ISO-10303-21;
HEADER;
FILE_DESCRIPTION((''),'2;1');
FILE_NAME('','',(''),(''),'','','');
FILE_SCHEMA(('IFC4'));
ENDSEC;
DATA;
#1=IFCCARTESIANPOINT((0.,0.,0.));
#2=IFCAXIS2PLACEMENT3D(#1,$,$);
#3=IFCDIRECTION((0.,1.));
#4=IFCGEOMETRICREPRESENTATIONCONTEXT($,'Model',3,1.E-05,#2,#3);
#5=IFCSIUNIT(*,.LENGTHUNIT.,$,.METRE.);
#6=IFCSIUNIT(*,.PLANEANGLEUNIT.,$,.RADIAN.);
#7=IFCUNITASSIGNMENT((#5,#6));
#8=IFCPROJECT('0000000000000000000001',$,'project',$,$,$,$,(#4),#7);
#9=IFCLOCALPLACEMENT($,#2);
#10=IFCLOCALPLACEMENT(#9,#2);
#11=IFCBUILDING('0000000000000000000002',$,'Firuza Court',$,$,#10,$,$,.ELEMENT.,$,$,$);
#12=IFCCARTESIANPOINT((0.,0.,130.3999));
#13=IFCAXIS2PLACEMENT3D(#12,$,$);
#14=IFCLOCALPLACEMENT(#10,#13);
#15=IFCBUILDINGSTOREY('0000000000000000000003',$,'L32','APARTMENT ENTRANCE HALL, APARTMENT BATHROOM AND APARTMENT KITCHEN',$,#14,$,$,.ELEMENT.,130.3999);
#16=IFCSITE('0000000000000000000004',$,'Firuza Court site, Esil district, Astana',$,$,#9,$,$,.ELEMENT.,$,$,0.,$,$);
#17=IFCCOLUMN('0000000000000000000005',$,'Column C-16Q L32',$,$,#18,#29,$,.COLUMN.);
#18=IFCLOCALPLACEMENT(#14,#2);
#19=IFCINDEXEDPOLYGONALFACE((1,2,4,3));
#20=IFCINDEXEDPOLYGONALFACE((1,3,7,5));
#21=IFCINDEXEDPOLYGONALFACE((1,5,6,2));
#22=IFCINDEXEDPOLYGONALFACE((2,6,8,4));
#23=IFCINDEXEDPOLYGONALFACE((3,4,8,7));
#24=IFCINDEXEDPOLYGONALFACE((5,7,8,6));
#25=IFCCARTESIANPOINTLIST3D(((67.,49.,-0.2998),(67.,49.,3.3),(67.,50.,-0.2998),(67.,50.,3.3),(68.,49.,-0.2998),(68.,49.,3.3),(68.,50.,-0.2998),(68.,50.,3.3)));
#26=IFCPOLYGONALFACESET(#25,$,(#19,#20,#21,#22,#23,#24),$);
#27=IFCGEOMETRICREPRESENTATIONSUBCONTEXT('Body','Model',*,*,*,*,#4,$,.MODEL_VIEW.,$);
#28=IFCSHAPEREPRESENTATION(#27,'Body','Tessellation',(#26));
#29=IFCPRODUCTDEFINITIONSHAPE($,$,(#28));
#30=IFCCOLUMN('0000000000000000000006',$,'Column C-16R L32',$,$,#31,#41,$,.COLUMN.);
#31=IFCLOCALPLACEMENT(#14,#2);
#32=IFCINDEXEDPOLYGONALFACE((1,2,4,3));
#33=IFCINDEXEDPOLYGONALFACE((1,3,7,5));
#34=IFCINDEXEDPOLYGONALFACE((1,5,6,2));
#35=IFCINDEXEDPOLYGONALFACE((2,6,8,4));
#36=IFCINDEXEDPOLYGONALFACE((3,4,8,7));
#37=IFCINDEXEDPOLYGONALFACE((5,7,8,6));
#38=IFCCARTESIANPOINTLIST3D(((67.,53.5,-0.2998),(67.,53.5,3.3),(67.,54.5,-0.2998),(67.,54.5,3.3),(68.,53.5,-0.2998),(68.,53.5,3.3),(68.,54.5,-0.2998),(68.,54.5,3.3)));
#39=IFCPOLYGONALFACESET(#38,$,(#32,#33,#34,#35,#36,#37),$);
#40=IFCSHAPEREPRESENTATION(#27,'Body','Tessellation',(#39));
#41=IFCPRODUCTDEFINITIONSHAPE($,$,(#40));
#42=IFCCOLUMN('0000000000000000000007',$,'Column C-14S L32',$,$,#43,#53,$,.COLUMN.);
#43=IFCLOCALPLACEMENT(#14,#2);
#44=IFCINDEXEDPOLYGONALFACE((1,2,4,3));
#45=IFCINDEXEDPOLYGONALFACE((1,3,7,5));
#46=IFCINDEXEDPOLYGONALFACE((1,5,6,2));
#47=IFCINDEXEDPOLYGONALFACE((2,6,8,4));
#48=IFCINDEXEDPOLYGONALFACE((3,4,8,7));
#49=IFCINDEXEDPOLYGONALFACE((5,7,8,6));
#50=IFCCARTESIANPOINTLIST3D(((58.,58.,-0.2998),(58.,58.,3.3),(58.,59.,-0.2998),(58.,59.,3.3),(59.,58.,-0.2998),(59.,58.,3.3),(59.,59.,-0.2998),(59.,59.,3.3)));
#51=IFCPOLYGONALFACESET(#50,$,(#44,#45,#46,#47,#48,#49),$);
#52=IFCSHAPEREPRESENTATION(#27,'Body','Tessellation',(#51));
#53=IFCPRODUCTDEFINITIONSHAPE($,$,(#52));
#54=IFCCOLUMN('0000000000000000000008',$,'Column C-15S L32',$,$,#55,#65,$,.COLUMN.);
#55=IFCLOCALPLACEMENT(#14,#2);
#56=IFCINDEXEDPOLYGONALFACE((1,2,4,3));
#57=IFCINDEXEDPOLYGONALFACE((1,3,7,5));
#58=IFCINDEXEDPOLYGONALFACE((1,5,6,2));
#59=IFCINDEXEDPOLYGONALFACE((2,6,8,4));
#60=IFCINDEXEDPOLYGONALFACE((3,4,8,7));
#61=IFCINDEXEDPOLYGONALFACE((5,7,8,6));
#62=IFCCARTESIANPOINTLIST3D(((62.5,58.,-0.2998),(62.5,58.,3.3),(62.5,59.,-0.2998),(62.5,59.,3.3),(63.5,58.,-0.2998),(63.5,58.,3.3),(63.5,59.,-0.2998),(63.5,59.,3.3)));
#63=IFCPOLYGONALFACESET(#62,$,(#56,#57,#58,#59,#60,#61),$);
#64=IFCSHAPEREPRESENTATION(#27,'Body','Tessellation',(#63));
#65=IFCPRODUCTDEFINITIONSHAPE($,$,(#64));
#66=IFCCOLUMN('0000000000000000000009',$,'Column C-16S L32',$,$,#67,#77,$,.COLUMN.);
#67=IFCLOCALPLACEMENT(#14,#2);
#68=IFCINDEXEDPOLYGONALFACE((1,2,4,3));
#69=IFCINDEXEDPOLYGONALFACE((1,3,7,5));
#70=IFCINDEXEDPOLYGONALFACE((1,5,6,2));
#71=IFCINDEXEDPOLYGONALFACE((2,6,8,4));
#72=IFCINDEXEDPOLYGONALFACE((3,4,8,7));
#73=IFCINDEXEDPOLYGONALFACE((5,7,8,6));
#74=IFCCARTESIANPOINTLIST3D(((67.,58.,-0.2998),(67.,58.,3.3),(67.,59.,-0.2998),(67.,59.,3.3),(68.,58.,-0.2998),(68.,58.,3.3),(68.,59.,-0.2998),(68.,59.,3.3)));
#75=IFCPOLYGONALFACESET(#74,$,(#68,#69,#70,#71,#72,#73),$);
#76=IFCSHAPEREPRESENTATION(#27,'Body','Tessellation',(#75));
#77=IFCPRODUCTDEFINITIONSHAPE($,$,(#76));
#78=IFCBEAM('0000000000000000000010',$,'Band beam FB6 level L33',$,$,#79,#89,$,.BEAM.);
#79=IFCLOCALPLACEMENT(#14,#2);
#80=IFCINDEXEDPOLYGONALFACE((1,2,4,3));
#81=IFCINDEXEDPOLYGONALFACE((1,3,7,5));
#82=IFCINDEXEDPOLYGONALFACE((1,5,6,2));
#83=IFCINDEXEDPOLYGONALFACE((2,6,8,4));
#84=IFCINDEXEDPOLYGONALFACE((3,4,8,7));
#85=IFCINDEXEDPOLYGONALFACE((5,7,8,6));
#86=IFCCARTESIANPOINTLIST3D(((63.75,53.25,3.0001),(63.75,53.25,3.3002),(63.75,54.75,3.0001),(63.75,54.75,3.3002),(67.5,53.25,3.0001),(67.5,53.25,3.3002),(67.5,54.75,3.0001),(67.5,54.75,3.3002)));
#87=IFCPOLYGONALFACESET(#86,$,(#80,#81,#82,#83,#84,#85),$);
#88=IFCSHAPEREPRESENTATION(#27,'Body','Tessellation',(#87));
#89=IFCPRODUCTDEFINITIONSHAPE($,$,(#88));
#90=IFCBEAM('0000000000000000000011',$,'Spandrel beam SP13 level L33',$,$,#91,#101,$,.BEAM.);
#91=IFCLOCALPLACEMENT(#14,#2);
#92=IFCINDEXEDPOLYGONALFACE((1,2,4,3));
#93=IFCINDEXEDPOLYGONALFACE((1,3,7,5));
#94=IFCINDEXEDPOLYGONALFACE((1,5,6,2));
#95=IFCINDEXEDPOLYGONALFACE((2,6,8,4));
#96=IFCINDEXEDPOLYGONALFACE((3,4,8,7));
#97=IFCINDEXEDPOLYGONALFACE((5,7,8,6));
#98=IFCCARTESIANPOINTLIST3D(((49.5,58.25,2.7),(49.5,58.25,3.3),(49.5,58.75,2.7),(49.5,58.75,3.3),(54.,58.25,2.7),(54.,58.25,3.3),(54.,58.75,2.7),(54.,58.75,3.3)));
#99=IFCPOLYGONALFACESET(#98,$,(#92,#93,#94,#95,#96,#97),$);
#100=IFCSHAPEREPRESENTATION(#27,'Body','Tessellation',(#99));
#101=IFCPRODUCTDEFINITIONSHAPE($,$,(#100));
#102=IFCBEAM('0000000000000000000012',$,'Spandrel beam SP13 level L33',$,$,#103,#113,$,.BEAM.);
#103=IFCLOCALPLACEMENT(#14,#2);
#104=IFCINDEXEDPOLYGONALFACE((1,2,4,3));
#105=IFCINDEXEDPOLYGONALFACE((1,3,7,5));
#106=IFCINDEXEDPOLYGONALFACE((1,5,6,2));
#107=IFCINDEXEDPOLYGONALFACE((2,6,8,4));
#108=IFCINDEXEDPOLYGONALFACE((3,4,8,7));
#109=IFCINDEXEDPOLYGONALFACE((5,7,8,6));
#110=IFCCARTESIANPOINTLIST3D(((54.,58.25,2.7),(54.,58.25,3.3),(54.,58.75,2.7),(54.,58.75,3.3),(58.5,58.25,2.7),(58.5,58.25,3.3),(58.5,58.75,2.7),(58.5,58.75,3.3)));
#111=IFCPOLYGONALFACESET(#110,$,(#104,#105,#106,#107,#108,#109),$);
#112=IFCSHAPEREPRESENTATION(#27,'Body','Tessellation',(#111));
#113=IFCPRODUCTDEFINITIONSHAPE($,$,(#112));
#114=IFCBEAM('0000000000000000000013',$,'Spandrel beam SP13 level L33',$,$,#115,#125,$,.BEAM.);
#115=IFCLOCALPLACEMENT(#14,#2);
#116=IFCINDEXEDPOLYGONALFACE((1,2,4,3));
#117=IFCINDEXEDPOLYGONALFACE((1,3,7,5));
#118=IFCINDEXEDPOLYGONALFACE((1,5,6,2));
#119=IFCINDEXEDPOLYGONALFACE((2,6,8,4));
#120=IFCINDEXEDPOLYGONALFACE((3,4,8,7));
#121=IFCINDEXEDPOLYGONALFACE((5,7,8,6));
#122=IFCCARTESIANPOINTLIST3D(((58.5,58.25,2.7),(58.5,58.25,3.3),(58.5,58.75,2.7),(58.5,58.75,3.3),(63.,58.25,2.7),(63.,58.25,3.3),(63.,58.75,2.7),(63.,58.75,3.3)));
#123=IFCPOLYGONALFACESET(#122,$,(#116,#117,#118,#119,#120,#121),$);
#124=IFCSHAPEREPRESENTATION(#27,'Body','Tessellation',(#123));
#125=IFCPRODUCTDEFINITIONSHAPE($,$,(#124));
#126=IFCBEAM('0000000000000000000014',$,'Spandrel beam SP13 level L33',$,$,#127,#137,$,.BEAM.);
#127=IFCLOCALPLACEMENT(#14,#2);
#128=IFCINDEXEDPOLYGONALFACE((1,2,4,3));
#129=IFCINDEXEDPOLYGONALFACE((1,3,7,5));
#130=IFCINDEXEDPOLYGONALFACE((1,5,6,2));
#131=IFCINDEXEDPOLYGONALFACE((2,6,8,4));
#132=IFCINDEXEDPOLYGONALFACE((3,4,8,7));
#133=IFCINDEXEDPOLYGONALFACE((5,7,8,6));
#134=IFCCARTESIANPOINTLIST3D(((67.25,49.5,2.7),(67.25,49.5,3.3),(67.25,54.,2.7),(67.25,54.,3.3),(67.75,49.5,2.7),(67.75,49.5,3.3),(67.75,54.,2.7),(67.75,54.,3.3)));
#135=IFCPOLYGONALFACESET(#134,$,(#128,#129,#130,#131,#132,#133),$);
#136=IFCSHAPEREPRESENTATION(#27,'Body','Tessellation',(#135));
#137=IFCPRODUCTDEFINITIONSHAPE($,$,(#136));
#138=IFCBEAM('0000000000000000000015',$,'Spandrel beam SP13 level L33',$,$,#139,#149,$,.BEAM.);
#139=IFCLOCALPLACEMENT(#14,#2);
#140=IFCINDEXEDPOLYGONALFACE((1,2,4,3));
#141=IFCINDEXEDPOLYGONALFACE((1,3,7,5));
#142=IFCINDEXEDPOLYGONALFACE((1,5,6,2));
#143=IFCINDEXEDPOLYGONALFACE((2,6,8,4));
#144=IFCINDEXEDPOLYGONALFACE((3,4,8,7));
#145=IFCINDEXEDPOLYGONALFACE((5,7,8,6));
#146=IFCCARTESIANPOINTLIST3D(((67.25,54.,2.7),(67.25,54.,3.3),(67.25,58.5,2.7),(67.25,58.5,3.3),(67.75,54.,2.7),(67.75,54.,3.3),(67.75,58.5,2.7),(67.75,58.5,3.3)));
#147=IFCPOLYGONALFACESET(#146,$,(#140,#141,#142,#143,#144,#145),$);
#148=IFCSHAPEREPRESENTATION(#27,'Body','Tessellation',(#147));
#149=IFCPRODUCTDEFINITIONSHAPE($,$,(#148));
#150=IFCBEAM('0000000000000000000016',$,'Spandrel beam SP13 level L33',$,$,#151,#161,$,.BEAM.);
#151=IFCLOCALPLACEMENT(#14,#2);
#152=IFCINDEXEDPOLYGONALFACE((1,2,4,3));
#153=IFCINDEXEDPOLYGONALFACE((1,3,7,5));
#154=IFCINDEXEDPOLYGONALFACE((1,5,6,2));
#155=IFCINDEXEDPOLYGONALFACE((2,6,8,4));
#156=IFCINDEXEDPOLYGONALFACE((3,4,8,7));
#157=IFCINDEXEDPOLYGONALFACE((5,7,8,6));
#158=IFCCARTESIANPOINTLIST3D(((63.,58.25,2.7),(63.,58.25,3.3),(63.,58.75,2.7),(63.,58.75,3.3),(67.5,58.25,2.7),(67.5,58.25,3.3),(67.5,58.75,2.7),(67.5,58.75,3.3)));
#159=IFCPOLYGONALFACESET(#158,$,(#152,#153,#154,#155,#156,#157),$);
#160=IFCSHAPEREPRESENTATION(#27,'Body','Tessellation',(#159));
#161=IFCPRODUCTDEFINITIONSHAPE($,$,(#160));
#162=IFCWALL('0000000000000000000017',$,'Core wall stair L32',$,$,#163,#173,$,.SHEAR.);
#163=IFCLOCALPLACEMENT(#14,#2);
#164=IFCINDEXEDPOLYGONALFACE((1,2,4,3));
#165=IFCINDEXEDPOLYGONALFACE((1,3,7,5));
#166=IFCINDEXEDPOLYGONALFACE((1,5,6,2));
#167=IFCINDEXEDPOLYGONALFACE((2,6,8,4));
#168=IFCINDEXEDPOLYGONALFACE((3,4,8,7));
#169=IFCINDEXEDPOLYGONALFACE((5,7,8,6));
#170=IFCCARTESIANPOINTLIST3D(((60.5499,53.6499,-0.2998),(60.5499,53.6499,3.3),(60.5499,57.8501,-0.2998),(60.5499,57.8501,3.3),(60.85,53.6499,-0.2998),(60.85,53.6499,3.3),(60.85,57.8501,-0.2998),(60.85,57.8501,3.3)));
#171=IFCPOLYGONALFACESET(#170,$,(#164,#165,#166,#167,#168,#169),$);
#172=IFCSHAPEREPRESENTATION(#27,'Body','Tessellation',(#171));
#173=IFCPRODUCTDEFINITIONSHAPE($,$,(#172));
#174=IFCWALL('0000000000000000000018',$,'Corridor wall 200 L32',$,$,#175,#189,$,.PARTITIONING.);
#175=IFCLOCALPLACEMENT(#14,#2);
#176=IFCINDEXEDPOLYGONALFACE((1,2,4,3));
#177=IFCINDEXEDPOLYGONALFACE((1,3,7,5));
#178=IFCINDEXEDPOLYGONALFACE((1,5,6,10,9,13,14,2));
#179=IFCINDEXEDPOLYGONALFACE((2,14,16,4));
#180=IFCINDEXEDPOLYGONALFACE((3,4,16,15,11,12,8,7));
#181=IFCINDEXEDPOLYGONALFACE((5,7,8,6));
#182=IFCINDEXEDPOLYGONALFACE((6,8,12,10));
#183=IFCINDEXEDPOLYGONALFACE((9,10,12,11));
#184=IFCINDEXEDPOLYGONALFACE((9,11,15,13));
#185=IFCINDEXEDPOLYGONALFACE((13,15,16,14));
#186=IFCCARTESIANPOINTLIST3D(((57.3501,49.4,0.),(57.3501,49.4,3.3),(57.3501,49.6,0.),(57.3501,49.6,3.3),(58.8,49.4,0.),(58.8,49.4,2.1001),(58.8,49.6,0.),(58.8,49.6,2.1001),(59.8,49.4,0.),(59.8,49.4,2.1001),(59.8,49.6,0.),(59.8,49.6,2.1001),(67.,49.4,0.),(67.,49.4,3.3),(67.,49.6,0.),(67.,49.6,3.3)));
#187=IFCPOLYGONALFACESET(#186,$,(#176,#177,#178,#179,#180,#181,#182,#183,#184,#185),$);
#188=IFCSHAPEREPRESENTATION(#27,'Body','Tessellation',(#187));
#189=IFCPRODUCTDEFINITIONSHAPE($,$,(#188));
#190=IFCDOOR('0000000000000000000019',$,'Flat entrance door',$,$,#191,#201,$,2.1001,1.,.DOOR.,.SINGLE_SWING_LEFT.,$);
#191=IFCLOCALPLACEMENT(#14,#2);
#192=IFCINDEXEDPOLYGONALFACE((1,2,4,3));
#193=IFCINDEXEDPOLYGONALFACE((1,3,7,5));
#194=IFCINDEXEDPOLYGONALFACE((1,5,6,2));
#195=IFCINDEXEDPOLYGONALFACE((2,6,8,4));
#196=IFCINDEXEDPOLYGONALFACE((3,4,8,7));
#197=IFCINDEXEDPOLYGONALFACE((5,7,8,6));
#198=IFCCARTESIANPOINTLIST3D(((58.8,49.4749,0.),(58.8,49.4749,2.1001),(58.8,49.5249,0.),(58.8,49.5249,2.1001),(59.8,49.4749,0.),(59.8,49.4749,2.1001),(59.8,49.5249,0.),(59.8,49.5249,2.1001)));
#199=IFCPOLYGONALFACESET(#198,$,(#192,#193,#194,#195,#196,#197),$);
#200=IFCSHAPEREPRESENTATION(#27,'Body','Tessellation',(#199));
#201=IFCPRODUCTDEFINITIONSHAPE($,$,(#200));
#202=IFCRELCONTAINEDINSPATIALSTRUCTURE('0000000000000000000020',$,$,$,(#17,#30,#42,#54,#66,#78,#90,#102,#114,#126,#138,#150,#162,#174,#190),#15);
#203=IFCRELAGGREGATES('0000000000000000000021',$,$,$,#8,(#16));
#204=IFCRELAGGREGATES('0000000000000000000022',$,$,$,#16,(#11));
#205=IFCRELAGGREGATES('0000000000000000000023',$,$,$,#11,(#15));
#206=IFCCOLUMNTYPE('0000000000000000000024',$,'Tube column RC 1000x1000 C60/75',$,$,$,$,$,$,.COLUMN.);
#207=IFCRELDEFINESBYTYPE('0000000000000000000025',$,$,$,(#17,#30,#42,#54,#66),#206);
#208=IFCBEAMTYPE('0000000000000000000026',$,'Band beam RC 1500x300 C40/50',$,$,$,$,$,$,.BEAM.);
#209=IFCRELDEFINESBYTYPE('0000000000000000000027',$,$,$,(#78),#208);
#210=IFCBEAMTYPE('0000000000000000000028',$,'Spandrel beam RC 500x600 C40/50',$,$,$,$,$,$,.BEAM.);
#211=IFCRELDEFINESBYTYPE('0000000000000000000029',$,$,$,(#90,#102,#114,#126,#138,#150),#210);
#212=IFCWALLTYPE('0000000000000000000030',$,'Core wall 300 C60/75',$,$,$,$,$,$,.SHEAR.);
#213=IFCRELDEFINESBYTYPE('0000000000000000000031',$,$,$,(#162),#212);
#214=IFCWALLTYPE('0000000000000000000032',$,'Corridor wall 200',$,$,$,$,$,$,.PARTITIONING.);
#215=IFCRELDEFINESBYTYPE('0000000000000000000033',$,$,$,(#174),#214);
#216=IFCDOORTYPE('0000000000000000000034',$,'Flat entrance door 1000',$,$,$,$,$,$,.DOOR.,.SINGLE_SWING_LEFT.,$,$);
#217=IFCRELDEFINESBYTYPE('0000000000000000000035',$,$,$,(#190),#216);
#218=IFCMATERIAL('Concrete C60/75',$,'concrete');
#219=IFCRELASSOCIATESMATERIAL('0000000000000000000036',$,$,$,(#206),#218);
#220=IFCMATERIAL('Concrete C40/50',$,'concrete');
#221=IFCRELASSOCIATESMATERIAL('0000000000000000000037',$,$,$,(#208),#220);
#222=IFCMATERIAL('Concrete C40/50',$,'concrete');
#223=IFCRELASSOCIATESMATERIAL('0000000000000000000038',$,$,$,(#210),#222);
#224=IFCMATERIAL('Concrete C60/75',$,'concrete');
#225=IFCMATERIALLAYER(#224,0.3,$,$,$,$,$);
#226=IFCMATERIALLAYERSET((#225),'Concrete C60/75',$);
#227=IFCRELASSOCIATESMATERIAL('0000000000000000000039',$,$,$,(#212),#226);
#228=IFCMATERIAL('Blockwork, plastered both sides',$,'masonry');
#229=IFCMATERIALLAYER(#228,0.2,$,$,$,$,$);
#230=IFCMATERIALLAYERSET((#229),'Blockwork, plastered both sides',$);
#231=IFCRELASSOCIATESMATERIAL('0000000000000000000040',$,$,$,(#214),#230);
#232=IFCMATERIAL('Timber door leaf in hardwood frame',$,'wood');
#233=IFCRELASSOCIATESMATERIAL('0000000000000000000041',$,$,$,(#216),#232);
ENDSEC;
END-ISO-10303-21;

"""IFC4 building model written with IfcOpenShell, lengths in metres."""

from ifc_helpers import new_model, si_unit, direction, frame, frame_2d, origin, origin_2d, place, context, subcontext, project, spatial, rectangle, extrude, material, layer, layer_set, material_profile, profile_set, type_object, element, fill, save


model = new_model("IFC4")

# Units and contexts
model_context = context("Model", 3, precision=1e-05, world=origin(), true_north=direction((0.0, 1.0)))
body_context = subcontext(model_context, "Body", "Model", "MODEL_VIEW")
ifc_project = project(units=[si_unit("LENGTHUNIT", "METRE"), si_unit("PLANEANGLEUNIT", "RADIAN")], contexts=[model_context])

# Site, building, storey
site_placement = place(None, origin())
site = spatial("IfcSite", under=ifc_project, at=site_placement, Name="Firuza Court site, Esil district, Astana", CompositionType="ELEMENT", RefElevation=0.0)
building_placement = place(site_placement, origin())
building = spatial("IfcBuilding", under=site, at=building_placement, Name="Firuza Court", CompositionType="ELEMENT")
storey_placement = place(building_placement, frame((0.0, 0.0, 130.3999)))
storey = spatial("IfcBuildingStorey", under=building, at=storey_placement, Name="L32", Description="APARTMENT ENTRANCE HALL, APARTMENT BATHROOM AND APARTMENT KITCHEN", CompositionType="ELEMENT", Elevation=130.3999)

# Columns
ifc_material_1 = material(Name="Concrete C60/75", Category="concrete")
ifc_material_profile_1 = material_profile(ifc_material_1, rectangle(XDim=1.0, YDim=1.0, at=origin_2d()), Name="RC 1000x1000")
ifc_profile_set_1 = profile_set([ifc_material_profile_1], Name="Concrete C60/75")
column_type = type_object("IfcColumnType", Name="Tube column RC 1000x1000 C60/75", PredefinedType="COLUMN", material=ifc_profile_set_1)
for number, where, z_axis, x_axis, name in (
    (1, (67.5, 49.5, -0.2998), (0.0, 0.0, 1.0), (1.0, 0.0, 0.0), "Column C-16Q L32"),
    (2, (67.5, 54.0, -0.2998), (0.0, 0.0, 1.0), (1.0, 0.0, 0.0), "Column C-16R L32"),
    (3, (58.5, 58.5, -0.2998), (0.0, 0.0, 1.0), (1.0, 0.0, 0.0), "Column C-14S L32"),
    (4, (63.0, 58.5, -0.2998), (0.0, 0.0, 1.0), (1.0, 0.0, 0.0), "Column C-15S L32"),
    (5, (67.5, 58.5, -0.2998), (0.0, 0.0, 1.0), (1.0, 0.0, 0.0), "Column C-16S L32"),
):
    element("IfcColumn", number, at=place(storey_placement, frame(where, z_axis=z_axis, x_axis=x_axis)), inside=storey, type_object=column_type, Name=name, PredefinedType="COLUMN", context=body_context, shape_type="SweptSolid", body=[
        extrude(rectangle(XDim=1.0, YDim=1.0, at=origin_2d()), origin(), (0.0, 0.0, 1.0), 3.5999),
    ])

# Beams
ifc_material_2 = material(Name="Concrete C40/50", Category="concrete")
ifc_material_profile_2 = material_profile(ifc_material_2, rectangle(XDim=1.5, YDim=0.3, at=origin_2d()), Name="RC 1500x300")
ifc_profile_set_2 = profile_set([ifc_material_profile_2], Name="Concrete C40/50")
beam_type_1 = type_object("IfcBeamType", Name="Band beam RC 1500x300 C40/50", PredefinedType="BEAM", material=ifc_profile_set_2)
beam_placement = place(storey_placement, frame((67.5, 54.0, 3.1501), z_axis=(-1.0, 0.0, 0.0), x_axis=(0.0, -1.0, 0.0)))
element("IfcBeam", 6, at=beam_placement, inside=storey, type_object=beam_type_1, Name="Band beam FB6 level L33", PredefinedType="BEAM", context=body_context, shape_type="SweptSolid", body=[
    extrude(rectangle(XDim=1.5, YDim=0.3, at=origin_2d()), origin(), (0.0, 0.0, 1.0), 3.75),
])
ifc_material_3 = material(Name="Concrete C40/50", Category="concrete")
ifc_material_profile_3 = material_profile(ifc_material_3, rectangle(XDim=0.5, YDim=0.6001, at=origin_2d()), Name="RC 500x600")
ifc_profile_set_3 = profile_set([ifc_material_profile_3], Name="Concrete C40/50")
beam_type_2 = type_object("IfcBeamType", Name="Spandrel beam RC 500x600 C40/50", PredefinedType="BEAM", material=ifc_profile_set_3)
for number, where, z_axis, x_axis, name in (
    (7, (54.0, 58.5, 3.0), (-1.0, 0.0, 0.0), (0.0, -1.0, 0.0), "Spandrel beam SP13 level L33"),
    (8, (58.5, 58.5, 3.0), (-1.0, 0.0, 0.0), (0.0, -1.0, 0.0), "Spandrel beam SP13 level L33"),
    (9, (63.0, 58.5, 3.0), (-1.0, 0.0, 0.0), (0.0, -1.0, 0.0), "Spandrel beam SP13 level L33"),
    (10, (67.5, 49.5, 3.0), (0.0, 1.0, 0.0), (-1.0, 0.0, 0.0), "Spandrel beam SP13 level L33"),
    (11, (67.5, 54.0, 3.0), (0.0, 1.0, 0.0), (-1.0, 0.0, 0.0), "Spandrel beam SP13 level L33"),
    (12, (67.5, 58.5, 3.0), (-1.0, 0.0, 0.0), (0.0, -1.0, 0.0), "Spandrel beam SP13 level L33"),
):
    element("IfcBeam", number, at=place(storey_placement, frame(where, z_axis=z_axis, x_axis=x_axis)), inside=storey, type_object=beam_type_2, Name=name, PredefinedType="BEAM", context=body_context, shape_type="SweptSolid", body=[
        extrude(rectangle(XDim=0.5, YDim=0.6001, at=origin_2d()), origin(), (0.0, 0.0, 1.0), 4.5),
    ])

# Wall
ifc_material_4 = material(Name="Concrete C60/75", Category="concrete")
ifc_layer_1 = layer(ifc_material_4, 0.3)
ifc_layer_set_1 = layer_set([ifc_layer_1], Name="Concrete C60/75")
wall_type_1 = type_object("IfcWallType", Name="Core wall 300 C60/75", PredefinedType="SHEAR", material=ifc_layer_set_1)
wall_1_placement = place(storey_placement, frame((60.7, 53.6499, -0.2998), z_axis=(0.0, 0.0, 1.0), x_axis=(0.0, 1.0, 0.0)))
element("IfcWall", 13, at=wall_1_placement, inside=storey, type_object=wall_type_1, Name="Core wall stair L32", PredefinedType="SHEAR", context=body_context, shape_type="SweptSolid", body=[
    extrude(rectangle(XDim=4.2002, YDim=0.3, at=frame_2d((2.1001, 0.0))), origin(), (0.0, 0.0, 1.0), 3.5999),
])

# Wall, opening, door
ifc_material_5 = material(Name="Blockwork, plastered both sides", Category="masonry")
ifc_layer_2 = layer(ifc_material_5, 0.2)
ifc_layer_set_2 = layer_set([ifc_layer_2], Name="Blockwork, plastered both sides")
wall_type_2 = type_object("IfcWallType", Name="Corridor wall 200", PredefinedType="PARTITIONING", material=ifc_layer_set_2)
wall_2_placement = place(storey_placement, frame((57.3501, 49.5, 0.0), z_axis=(0.0, 0.0, 1.0), x_axis=(1.0, 0.0, 0.0)))
wall_2 = element("IfcWall", 14, at=wall_2_placement, inside=storey, type_object=wall_type_2, Name="Corridor wall 200 L32", PredefinedType="PARTITIONING", context=body_context, shape_type="SweptSolid", body=[
    extrude(rectangle(XDim=9.6499, YDim=0.2, at=frame_2d((4.825, 0.0))), origin(), (0.0, 0.0, 1.0), 3.3),
])
opening_1_placement = place(wall_2_placement, frame((1.45, 0.0, 0.0)))
opening_1 = element("IfcOpeningElement", 15, at=opening_1_placement, cuts=wall_2, PredefinedType="OPENING", context=body_context, shape_type="SweptSolid", body=[
    extrude(rectangle(XDim=1.0, YDim=2.1001, at=frame_2d((0.5, 1.05))), frame((0.0, 0.1118, 0.0), z_axis=(0.0, -1.0, 0.0), x_axis=(1.0, 0.0, 0.0)), (0.0, 0.0, 1.0), 0.2239),
])
ifc_material_6 = material(Name="Timber door leaf in hardwood frame", Category="wood")
door_type_1 = type_object("IfcDoorType", Name="Flat entrance door 1000", OperationType="SINGLE_SWING_LEFT", PredefinedType="DOOR", material=ifc_material_6)
door_1_placement = place(opening_1_placement, origin())
door_1 = element("IfcDoor", 16, at=door_1_placement, inside=storey, type_object=door_type_1, Name="Flat entrance door", OperationType="SINGLE_SWING_LEFT", OverallHeight=2.1001, OverallWidth=1.0, PredefinedType="DOOR", context=body_context, shape_type="SweptSolid", body=[
    extrude(rectangle(XDim=1.0, YDim=2.1001, at=frame_2d((0.5, 1.05))), frame((0.0, 0.0249, 0.0), z_axis=(0.0, -1.0, 0.0), x_axis=(1.0, 0.0, 0.0)), (0.0, 0.0, 1.0), 0.05),
])
fill(opening_1, door_1)

save(model, "model.ifc")
